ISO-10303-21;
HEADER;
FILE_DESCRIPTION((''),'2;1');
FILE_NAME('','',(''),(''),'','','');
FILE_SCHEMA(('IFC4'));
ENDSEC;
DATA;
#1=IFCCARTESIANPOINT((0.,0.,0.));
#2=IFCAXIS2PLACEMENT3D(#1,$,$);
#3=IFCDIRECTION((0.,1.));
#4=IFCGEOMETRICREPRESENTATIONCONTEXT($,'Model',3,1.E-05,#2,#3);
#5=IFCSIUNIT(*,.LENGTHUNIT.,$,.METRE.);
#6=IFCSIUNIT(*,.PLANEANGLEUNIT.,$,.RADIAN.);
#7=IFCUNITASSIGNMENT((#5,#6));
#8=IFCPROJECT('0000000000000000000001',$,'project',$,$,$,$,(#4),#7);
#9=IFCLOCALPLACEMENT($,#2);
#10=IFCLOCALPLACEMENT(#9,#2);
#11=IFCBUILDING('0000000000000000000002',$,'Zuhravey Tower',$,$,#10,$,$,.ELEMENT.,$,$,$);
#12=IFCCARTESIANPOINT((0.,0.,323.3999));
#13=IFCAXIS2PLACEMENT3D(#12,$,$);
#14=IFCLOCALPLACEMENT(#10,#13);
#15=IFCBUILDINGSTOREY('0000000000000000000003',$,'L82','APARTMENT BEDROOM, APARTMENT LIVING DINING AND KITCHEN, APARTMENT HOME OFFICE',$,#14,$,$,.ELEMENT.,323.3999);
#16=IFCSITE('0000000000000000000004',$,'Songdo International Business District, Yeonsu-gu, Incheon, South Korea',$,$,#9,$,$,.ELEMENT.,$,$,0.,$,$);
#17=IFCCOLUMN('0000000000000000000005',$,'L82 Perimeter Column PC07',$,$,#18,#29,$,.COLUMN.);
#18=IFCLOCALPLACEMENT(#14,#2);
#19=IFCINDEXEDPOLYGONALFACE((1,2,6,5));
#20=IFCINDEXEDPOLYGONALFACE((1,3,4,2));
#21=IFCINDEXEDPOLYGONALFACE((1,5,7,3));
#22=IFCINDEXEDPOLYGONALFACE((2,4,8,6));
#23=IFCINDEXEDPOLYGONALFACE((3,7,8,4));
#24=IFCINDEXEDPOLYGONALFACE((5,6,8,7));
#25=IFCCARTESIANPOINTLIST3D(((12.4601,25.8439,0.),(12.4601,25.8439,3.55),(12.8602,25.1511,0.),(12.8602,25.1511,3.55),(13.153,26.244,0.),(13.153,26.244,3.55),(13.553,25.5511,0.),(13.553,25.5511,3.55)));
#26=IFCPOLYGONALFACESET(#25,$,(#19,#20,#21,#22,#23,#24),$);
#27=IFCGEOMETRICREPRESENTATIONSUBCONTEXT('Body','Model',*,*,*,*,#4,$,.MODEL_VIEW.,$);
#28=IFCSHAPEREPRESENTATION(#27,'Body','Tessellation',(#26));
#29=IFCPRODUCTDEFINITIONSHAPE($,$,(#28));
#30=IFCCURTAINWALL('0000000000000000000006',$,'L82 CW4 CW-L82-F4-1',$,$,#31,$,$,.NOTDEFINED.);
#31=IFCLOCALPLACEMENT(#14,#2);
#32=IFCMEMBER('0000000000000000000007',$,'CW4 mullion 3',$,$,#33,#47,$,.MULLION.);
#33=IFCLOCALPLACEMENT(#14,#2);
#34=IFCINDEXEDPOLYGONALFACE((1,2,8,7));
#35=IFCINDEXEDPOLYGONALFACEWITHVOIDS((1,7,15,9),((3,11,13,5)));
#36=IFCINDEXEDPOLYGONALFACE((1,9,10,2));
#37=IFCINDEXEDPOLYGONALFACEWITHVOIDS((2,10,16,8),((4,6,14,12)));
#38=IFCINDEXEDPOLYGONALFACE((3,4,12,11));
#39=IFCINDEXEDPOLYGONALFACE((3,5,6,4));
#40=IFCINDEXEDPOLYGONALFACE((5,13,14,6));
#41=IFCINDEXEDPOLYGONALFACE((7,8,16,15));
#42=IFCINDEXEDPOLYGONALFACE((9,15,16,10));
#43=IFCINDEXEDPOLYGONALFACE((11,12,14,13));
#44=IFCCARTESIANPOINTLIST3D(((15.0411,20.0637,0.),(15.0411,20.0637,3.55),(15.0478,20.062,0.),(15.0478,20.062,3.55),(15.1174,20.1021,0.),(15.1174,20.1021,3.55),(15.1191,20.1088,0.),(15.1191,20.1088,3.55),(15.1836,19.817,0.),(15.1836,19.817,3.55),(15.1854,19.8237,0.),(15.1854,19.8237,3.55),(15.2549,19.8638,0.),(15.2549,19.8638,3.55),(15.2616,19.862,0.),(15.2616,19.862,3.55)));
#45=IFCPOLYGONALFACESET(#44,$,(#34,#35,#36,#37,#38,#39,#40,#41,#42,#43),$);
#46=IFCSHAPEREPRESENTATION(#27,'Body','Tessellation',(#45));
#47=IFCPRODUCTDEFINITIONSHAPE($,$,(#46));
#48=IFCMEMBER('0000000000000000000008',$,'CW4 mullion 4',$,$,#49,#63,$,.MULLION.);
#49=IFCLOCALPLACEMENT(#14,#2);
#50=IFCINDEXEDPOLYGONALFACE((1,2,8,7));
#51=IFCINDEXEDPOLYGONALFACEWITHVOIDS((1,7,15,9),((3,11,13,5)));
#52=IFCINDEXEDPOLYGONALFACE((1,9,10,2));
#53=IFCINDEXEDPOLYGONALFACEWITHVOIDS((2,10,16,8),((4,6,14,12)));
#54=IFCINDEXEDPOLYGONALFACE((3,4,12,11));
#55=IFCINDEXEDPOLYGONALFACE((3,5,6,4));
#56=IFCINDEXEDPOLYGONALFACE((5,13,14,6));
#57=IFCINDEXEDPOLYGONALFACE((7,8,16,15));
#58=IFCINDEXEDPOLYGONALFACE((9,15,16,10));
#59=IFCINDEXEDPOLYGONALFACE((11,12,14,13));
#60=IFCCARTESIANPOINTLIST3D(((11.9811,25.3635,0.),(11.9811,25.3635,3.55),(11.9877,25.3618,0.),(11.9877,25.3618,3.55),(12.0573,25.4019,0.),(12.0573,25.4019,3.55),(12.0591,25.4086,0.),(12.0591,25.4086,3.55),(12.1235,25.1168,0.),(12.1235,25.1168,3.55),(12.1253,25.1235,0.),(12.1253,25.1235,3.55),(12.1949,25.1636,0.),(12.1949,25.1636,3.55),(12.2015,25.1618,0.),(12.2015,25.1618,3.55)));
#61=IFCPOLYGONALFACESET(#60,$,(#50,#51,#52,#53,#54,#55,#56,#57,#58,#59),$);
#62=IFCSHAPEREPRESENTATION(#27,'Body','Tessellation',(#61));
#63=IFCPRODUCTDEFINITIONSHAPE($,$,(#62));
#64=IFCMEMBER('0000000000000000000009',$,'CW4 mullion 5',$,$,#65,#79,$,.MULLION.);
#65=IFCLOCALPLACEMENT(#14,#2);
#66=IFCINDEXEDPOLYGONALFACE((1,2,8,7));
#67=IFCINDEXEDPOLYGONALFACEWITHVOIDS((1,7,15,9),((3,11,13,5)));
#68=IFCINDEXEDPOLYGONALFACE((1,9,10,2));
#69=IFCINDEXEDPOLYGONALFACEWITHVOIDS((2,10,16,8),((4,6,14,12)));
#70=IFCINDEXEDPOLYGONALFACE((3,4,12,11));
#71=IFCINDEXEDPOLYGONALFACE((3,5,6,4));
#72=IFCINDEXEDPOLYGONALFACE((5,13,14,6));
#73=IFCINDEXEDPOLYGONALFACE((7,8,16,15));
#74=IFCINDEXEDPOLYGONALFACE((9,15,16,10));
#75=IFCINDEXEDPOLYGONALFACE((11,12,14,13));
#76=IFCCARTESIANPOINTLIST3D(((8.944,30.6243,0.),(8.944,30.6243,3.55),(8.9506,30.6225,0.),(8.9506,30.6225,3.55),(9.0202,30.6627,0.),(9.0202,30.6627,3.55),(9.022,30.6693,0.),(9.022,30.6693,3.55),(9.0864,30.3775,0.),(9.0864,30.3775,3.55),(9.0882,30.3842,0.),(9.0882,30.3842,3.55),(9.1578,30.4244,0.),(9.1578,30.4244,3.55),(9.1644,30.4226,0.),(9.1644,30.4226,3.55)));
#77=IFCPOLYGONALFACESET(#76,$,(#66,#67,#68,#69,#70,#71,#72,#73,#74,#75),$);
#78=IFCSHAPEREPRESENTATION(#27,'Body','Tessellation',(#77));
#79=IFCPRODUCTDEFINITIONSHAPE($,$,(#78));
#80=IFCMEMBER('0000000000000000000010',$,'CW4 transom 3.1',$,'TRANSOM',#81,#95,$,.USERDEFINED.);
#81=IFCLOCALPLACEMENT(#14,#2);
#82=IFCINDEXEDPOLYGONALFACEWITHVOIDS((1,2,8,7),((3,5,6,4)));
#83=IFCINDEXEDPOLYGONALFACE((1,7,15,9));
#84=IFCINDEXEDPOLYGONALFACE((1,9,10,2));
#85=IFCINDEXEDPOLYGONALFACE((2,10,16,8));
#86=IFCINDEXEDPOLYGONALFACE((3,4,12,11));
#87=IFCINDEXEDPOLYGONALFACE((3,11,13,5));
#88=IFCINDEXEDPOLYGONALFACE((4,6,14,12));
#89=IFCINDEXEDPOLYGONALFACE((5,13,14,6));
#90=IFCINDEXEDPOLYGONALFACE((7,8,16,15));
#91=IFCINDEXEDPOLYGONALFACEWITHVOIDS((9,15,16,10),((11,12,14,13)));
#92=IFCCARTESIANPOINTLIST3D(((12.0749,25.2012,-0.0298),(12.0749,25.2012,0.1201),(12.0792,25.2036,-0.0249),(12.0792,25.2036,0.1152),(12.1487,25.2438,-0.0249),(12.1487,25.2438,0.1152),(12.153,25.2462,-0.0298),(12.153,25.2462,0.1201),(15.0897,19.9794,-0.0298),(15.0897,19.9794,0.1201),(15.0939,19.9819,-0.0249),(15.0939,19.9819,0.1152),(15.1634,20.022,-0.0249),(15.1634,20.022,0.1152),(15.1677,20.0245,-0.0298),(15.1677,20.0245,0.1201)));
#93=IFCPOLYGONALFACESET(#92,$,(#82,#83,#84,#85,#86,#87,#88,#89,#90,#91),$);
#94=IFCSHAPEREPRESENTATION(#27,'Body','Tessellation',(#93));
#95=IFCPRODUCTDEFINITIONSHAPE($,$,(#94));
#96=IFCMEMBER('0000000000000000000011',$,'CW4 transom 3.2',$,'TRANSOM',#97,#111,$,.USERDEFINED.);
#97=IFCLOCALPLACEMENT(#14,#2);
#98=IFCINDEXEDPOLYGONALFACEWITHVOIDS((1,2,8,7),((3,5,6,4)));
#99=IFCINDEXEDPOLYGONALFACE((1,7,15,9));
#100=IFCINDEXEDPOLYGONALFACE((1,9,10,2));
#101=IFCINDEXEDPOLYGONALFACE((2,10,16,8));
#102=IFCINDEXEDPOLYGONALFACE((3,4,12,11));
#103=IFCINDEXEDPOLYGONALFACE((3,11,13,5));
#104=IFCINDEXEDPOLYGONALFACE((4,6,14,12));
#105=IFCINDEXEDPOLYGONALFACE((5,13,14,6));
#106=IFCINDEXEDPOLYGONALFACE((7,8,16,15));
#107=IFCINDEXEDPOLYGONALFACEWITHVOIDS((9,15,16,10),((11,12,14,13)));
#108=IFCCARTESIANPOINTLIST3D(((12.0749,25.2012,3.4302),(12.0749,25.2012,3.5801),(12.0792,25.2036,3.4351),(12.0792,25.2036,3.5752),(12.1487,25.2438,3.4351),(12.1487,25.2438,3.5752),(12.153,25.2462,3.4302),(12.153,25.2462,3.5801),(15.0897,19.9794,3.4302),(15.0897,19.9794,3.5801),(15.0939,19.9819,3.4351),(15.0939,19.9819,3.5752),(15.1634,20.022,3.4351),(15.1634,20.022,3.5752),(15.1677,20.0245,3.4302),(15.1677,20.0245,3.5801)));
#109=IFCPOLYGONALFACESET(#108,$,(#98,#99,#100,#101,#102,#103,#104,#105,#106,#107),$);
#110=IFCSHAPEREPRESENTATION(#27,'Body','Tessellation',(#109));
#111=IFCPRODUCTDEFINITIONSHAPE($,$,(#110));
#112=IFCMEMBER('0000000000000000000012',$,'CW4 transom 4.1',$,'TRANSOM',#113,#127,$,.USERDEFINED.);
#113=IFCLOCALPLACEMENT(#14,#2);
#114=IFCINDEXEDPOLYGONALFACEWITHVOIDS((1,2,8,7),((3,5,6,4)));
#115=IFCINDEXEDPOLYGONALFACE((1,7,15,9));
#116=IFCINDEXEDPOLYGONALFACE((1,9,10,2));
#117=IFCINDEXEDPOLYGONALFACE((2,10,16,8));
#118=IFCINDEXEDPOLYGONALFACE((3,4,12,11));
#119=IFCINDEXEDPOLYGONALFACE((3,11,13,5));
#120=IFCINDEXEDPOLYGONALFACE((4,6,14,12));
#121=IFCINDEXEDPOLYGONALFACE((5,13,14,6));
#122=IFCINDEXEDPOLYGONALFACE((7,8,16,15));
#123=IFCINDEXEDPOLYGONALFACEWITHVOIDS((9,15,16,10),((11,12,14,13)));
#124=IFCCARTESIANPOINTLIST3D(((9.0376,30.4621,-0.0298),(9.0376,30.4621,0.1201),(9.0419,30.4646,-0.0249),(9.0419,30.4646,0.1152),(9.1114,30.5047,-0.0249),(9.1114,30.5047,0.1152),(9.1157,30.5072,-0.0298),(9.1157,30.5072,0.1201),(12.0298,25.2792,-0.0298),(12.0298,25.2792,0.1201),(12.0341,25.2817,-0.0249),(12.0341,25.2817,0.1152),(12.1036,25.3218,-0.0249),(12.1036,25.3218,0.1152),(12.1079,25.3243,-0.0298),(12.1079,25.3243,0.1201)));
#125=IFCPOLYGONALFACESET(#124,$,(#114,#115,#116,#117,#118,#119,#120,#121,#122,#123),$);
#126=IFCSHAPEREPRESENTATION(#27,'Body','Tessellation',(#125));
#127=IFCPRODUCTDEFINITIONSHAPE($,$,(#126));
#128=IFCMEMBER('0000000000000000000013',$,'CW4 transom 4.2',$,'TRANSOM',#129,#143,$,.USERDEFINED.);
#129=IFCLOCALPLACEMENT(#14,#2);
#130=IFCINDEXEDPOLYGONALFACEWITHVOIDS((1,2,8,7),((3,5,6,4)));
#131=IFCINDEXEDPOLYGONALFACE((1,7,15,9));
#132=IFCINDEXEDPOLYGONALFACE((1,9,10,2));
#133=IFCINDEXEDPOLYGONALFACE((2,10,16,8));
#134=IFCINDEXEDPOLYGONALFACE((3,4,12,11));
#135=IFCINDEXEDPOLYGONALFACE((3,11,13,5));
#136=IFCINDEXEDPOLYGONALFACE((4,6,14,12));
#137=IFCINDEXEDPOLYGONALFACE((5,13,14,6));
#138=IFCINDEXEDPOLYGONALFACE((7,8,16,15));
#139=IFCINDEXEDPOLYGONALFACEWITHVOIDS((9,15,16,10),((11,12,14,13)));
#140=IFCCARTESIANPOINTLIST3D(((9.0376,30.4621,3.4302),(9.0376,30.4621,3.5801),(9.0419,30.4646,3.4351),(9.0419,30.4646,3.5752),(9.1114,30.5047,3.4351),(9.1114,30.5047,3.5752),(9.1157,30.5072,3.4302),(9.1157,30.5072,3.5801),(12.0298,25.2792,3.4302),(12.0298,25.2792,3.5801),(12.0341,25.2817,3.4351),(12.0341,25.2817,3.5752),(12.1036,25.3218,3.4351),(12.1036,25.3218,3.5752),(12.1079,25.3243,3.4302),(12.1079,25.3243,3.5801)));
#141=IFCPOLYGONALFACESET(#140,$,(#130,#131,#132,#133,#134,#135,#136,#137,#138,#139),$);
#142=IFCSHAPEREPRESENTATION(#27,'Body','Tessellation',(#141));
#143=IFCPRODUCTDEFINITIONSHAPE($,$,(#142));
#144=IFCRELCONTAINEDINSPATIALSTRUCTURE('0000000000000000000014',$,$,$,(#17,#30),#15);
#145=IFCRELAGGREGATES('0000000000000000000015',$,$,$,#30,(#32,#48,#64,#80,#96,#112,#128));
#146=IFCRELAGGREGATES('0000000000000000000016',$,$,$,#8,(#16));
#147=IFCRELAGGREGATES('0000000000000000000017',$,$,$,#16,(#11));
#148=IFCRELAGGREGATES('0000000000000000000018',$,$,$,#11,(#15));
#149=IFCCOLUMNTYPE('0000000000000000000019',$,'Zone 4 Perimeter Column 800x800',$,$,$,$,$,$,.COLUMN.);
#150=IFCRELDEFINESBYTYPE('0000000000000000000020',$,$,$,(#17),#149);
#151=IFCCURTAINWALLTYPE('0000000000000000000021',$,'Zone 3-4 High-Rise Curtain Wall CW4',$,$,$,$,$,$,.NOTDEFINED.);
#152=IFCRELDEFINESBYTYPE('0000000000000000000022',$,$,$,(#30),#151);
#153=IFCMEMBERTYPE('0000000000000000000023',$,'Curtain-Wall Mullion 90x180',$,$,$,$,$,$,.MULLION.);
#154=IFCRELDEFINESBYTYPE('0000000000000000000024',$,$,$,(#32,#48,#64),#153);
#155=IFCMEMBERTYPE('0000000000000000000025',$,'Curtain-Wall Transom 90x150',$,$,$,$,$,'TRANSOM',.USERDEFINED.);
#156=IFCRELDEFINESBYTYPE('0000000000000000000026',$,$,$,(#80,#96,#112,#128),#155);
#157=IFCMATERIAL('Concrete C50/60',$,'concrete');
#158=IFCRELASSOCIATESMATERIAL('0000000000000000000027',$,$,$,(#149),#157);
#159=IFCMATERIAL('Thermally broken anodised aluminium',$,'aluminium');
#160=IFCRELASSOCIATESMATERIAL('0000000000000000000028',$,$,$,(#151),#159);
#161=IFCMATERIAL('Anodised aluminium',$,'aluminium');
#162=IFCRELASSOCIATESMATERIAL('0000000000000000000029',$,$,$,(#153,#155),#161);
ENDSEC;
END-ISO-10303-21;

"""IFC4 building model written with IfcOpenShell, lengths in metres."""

from ifc_helpers import new_model, si_unit, direction, frame, origin, origin_2d, place, context, subcontext, project, spatial, rectangle, hollow_rectangle, extrude, material, material_profile, profile_set, type_object, element, aggregate, save


model = new_model("IFC4")

# Units and contexts
model_context = context("Model", 3, precision=1e-05, world=origin(), true_north=direction((0.0, 1.0)))
body_context = subcontext(model_context, "Body", "Model", "MODEL_VIEW")
ifc_project = project(units=[si_unit("LENGTHUNIT", "METRE"), si_unit("PLANEANGLEUNIT", "RADIAN")], contexts=[model_context])

# Site, building, storey
site_placement = place(None, origin())
site = spatial("IfcSite", under=ifc_project, at=site_placement, Name="Songdo International Business District, Yeonsu-gu, Incheon, South Korea", CompositionType="ELEMENT", RefElevation=0.0)
building_placement = place(site_placement, origin())
building = spatial("IfcBuilding", under=site, at=building_placement, Name="Zuhravey Tower", CompositionType="ELEMENT")
storey_placement = place(building_placement, frame((0.0, 0.0, 323.3999)))
storey = spatial("IfcBuildingStorey", under=building, at=storey_placement, Name="L82", Description="APARTMENT BEDROOM, APARTMENT LIVING DINING AND KITCHEN, APARTMENT HOME OFFICE", CompositionType="ELEMENT", Elevation=323.3999)

# Column
ifc_material_1 = material(Name="Concrete C50/60", Category="concrete")
ifc_material_profile_1 = material_profile(ifc_material_1, rectangle(XDim=0.8, YDim=0.8, at=origin_2d()), Name="RC-800x800")
ifc_profile_set_1 = profile_set([ifc_material_profile_1], Name="Concrete C50/60")
column_type = type_object("IfcColumnType", Name="Zone 4 Perimeter Column 800x800", PredefinedType="COLUMN", material=ifc_profile_set_1)
column_placement = place(storey_placement, frame((13.0066, 25.6975, 0.0), z_axis=(0.0, 0.0, 1.0), x_axis=(0.5, -0.866025, 0.0)))
element("IfcColumn", 1, at=column_placement, inside=storey, type_object=column_type, Name="L82 Perimeter Column PC07", PredefinedType="COLUMN", context=body_context, shape_type="SweptSolid", body=[
    extrude(rectangle(XDim=0.8, YDim=0.8, at=origin_2d()), origin(), (0.0, 0.0, 1.0), 3.55),
])

# Curtain wall, members
ifc_material_2 = material(Name="Thermally broken anodised aluminium", Category="aluminium")
curtain_wall_type = type_object("IfcCurtainWallType", Name="Zone 3-4 High-Rise Curtain Wall CW4", PredefinedType="NOTDEFINED", material=ifc_material_2)
curtain_wall_placement = place(storey_placement, origin())
curtain_wall = element("IfcCurtainWall", 2, at=curtain_wall_placement, inside=storey, type_object=curtain_wall_type, Name="L82 CW4 CW-L82-F4-1", PredefinedType="NOTDEFINED")
ifc_material_3 = material(Name="Anodised aluminium", Category="aluminium")
ifc_material_profile_2 = material_profile(ifc_material_3, hollow_rectangle(XDim=0.0901, YDim=0.2849, WallThickness=0.0049, at=origin_2d()), Name="ALU-RHS-90x285x5")
ifc_profile_set_2 = profile_set([ifc_material_profile_2], Name="Anodised aluminium")
member_type_1 = type_object("IfcMemberType", Name="Curtain-Wall Mullion 90x180", PredefinedType="MULLION", material=ifc_profile_set_2)
member_1_placement = place(storey_placement, frame((15.1514, 19.9629, 0.0), z_axis=(0.0, 0.0, 1.0), x_axis=(-0.866026, -0.5, 0.0)))
member_1 = element("IfcMember", 3, at=member_1_placement, type_object=member_type_1, Name="CW4 mullion 3", PredefinedType="MULLION", context=body_context, shape_type="SweptSolid", body=[
    extrude(hollow_rectangle(XDim=0.0901, YDim=0.2849, WallThickness=0.0049, at=origin_2d()), origin(), (0.0, 0.0, 1.0), 3.55),
])
member_2_placement = place(storey_placement, frame((12.0913, 25.2627, 0.0), z_axis=(0.0, 0.0, 1.0), x_axis=(-0.866026, -0.5, 0.0)))
member_2 = element("IfcMember", 4, at=member_2_placement, type_object=member_type_1, Name="CW4 mullion 4", PredefinedType="MULLION", context=body_context, shape_type="SweptSolid", body=[
    extrude(hollow_rectangle(XDim=0.0901, YDim=0.2849, WallThickness=0.0049, at=origin_2d()), origin(), (0.0, 0.0, 1.0), 3.55),
])
member_3_placement = place(storey_placement, frame((9.0542, 30.5234, 0.0), z_axis=(0.0, 0.0, 1.0), x_axis=(-0.866026, -0.5, 0.0)))
member_3 = element("IfcMember", 5, at=member_3_placement, type_object=member_type_1, Name="CW4 mullion 5", PredefinedType="MULLION", context=body_context, shape_type="SweptSolid", body=[
    extrude(hollow_rectangle(XDim=0.0901, YDim=0.2849, WallThickness=0.0049, at=origin_2d()), origin(), (0.0, 0.0, 1.0), 3.55),
])
ifc_material_profile_3 = material_profile(ifc_material_3, hollow_rectangle(XDim=0.0901, YDim=0.1499, WallThickness=0.0049, at=origin_2d()), Name="ALU-RHS-90x150x5")
ifc_profile_set_3 = profile_set([ifc_material_profile_3], Name="Anodised aluminium")
member_type_2 = type_object("IfcMemberType", Name="Curtain-Wall Transom 90x150", ElementType="TRANSOM", PredefinedType="USERDEFINED", material=ifc_profile_set_3)
member_4_placement = place(storey_placement, frame((15.1287, 20.002, 0.0452), z_axis=(-0.499989, 0.866032, 0.0), x_axis=(-0.866032, -0.499989, 0.0)))
member_4 = element("IfcMember", 6, at=member_4_placement, type_object=member_type_2, Name="CW4 transom 3.1", ObjectType="TRANSOM", PredefinedType="USERDEFINED", context=body_context, shape_type="SweptSolid", body=[
    extrude(hollow_rectangle(XDim=0.0901, YDim=0.1499, WallThickness=0.0049, at=origin_2d()), origin(), (0.0, 0.0, 1.0), 6.0295),
])
member_5_placement = place(storey_placement, frame((15.1287, 20.002, 3.5051), z_axis=(-0.499989, 0.866032, 0.0), x_axis=(-0.866032, -0.499989, 0.0)))
member_5 = element("IfcMember", 7, at=member_5_placement, type_object=member_type_2, Name="CW4 transom 3.2", ObjectType="TRANSOM", PredefinedType="USERDEFINED", context=body_context, shape_type="SweptSolid", body=[
    extrude(hollow_rectangle(XDim=0.0901, YDim=0.1499, WallThickness=0.0049, at=origin_2d()), origin(), (0.0, 0.0, 1.0), 6.0295),
])
member_6_placement = place(storey_placement, frame((12.0688, 25.3018, 0.0452), z_axis=(-0.499983, 0.866035, 0.0), x_axis=(-0.866035, -0.499983, 0.0)))
member_6 = element("IfcMember", 8, at=member_6_placement, type_object=member_type_2, Name="CW4 transom 4.1", ObjectType="TRANSOM", PredefinedType="USERDEFINED", context=body_context, shape_type="SweptSolid", body=[
    extrude(hollow_rectangle(XDim=0.0901, YDim=0.1499, WallThickness=0.0049, at=origin_2d()), origin(), (0.0, 0.0, 1.0), 5.9846),
])
member_7_placement = place(storey_placement, frame((12.0688, 25.3018, 3.5051), z_axis=(-0.499983, 0.866035, 0.0), x_axis=(-0.866035, -0.499983, 0.0)))
member_7 = element("IfcMember", 9, at=member_7_placement, type_object=member_type_2, Name="CW4 transom 4.2", ObjectType="TRANSOM", PredefinedType="USERDEFINED", context=body_context, shape_type="SweptSolid", body=[
    extrude(hollow_rectangle(XDim=0.0901, YDim=0.1499, WallThickness=0.0049, at=origin_2d()), origin(), (0.0, 0.0, 1.0), 5.9846),
])

aggregate(curtain_wall, [member_1, member_2, member_3, member_4, member_5, member_6, member_7])

save(model, "model.ifc")
